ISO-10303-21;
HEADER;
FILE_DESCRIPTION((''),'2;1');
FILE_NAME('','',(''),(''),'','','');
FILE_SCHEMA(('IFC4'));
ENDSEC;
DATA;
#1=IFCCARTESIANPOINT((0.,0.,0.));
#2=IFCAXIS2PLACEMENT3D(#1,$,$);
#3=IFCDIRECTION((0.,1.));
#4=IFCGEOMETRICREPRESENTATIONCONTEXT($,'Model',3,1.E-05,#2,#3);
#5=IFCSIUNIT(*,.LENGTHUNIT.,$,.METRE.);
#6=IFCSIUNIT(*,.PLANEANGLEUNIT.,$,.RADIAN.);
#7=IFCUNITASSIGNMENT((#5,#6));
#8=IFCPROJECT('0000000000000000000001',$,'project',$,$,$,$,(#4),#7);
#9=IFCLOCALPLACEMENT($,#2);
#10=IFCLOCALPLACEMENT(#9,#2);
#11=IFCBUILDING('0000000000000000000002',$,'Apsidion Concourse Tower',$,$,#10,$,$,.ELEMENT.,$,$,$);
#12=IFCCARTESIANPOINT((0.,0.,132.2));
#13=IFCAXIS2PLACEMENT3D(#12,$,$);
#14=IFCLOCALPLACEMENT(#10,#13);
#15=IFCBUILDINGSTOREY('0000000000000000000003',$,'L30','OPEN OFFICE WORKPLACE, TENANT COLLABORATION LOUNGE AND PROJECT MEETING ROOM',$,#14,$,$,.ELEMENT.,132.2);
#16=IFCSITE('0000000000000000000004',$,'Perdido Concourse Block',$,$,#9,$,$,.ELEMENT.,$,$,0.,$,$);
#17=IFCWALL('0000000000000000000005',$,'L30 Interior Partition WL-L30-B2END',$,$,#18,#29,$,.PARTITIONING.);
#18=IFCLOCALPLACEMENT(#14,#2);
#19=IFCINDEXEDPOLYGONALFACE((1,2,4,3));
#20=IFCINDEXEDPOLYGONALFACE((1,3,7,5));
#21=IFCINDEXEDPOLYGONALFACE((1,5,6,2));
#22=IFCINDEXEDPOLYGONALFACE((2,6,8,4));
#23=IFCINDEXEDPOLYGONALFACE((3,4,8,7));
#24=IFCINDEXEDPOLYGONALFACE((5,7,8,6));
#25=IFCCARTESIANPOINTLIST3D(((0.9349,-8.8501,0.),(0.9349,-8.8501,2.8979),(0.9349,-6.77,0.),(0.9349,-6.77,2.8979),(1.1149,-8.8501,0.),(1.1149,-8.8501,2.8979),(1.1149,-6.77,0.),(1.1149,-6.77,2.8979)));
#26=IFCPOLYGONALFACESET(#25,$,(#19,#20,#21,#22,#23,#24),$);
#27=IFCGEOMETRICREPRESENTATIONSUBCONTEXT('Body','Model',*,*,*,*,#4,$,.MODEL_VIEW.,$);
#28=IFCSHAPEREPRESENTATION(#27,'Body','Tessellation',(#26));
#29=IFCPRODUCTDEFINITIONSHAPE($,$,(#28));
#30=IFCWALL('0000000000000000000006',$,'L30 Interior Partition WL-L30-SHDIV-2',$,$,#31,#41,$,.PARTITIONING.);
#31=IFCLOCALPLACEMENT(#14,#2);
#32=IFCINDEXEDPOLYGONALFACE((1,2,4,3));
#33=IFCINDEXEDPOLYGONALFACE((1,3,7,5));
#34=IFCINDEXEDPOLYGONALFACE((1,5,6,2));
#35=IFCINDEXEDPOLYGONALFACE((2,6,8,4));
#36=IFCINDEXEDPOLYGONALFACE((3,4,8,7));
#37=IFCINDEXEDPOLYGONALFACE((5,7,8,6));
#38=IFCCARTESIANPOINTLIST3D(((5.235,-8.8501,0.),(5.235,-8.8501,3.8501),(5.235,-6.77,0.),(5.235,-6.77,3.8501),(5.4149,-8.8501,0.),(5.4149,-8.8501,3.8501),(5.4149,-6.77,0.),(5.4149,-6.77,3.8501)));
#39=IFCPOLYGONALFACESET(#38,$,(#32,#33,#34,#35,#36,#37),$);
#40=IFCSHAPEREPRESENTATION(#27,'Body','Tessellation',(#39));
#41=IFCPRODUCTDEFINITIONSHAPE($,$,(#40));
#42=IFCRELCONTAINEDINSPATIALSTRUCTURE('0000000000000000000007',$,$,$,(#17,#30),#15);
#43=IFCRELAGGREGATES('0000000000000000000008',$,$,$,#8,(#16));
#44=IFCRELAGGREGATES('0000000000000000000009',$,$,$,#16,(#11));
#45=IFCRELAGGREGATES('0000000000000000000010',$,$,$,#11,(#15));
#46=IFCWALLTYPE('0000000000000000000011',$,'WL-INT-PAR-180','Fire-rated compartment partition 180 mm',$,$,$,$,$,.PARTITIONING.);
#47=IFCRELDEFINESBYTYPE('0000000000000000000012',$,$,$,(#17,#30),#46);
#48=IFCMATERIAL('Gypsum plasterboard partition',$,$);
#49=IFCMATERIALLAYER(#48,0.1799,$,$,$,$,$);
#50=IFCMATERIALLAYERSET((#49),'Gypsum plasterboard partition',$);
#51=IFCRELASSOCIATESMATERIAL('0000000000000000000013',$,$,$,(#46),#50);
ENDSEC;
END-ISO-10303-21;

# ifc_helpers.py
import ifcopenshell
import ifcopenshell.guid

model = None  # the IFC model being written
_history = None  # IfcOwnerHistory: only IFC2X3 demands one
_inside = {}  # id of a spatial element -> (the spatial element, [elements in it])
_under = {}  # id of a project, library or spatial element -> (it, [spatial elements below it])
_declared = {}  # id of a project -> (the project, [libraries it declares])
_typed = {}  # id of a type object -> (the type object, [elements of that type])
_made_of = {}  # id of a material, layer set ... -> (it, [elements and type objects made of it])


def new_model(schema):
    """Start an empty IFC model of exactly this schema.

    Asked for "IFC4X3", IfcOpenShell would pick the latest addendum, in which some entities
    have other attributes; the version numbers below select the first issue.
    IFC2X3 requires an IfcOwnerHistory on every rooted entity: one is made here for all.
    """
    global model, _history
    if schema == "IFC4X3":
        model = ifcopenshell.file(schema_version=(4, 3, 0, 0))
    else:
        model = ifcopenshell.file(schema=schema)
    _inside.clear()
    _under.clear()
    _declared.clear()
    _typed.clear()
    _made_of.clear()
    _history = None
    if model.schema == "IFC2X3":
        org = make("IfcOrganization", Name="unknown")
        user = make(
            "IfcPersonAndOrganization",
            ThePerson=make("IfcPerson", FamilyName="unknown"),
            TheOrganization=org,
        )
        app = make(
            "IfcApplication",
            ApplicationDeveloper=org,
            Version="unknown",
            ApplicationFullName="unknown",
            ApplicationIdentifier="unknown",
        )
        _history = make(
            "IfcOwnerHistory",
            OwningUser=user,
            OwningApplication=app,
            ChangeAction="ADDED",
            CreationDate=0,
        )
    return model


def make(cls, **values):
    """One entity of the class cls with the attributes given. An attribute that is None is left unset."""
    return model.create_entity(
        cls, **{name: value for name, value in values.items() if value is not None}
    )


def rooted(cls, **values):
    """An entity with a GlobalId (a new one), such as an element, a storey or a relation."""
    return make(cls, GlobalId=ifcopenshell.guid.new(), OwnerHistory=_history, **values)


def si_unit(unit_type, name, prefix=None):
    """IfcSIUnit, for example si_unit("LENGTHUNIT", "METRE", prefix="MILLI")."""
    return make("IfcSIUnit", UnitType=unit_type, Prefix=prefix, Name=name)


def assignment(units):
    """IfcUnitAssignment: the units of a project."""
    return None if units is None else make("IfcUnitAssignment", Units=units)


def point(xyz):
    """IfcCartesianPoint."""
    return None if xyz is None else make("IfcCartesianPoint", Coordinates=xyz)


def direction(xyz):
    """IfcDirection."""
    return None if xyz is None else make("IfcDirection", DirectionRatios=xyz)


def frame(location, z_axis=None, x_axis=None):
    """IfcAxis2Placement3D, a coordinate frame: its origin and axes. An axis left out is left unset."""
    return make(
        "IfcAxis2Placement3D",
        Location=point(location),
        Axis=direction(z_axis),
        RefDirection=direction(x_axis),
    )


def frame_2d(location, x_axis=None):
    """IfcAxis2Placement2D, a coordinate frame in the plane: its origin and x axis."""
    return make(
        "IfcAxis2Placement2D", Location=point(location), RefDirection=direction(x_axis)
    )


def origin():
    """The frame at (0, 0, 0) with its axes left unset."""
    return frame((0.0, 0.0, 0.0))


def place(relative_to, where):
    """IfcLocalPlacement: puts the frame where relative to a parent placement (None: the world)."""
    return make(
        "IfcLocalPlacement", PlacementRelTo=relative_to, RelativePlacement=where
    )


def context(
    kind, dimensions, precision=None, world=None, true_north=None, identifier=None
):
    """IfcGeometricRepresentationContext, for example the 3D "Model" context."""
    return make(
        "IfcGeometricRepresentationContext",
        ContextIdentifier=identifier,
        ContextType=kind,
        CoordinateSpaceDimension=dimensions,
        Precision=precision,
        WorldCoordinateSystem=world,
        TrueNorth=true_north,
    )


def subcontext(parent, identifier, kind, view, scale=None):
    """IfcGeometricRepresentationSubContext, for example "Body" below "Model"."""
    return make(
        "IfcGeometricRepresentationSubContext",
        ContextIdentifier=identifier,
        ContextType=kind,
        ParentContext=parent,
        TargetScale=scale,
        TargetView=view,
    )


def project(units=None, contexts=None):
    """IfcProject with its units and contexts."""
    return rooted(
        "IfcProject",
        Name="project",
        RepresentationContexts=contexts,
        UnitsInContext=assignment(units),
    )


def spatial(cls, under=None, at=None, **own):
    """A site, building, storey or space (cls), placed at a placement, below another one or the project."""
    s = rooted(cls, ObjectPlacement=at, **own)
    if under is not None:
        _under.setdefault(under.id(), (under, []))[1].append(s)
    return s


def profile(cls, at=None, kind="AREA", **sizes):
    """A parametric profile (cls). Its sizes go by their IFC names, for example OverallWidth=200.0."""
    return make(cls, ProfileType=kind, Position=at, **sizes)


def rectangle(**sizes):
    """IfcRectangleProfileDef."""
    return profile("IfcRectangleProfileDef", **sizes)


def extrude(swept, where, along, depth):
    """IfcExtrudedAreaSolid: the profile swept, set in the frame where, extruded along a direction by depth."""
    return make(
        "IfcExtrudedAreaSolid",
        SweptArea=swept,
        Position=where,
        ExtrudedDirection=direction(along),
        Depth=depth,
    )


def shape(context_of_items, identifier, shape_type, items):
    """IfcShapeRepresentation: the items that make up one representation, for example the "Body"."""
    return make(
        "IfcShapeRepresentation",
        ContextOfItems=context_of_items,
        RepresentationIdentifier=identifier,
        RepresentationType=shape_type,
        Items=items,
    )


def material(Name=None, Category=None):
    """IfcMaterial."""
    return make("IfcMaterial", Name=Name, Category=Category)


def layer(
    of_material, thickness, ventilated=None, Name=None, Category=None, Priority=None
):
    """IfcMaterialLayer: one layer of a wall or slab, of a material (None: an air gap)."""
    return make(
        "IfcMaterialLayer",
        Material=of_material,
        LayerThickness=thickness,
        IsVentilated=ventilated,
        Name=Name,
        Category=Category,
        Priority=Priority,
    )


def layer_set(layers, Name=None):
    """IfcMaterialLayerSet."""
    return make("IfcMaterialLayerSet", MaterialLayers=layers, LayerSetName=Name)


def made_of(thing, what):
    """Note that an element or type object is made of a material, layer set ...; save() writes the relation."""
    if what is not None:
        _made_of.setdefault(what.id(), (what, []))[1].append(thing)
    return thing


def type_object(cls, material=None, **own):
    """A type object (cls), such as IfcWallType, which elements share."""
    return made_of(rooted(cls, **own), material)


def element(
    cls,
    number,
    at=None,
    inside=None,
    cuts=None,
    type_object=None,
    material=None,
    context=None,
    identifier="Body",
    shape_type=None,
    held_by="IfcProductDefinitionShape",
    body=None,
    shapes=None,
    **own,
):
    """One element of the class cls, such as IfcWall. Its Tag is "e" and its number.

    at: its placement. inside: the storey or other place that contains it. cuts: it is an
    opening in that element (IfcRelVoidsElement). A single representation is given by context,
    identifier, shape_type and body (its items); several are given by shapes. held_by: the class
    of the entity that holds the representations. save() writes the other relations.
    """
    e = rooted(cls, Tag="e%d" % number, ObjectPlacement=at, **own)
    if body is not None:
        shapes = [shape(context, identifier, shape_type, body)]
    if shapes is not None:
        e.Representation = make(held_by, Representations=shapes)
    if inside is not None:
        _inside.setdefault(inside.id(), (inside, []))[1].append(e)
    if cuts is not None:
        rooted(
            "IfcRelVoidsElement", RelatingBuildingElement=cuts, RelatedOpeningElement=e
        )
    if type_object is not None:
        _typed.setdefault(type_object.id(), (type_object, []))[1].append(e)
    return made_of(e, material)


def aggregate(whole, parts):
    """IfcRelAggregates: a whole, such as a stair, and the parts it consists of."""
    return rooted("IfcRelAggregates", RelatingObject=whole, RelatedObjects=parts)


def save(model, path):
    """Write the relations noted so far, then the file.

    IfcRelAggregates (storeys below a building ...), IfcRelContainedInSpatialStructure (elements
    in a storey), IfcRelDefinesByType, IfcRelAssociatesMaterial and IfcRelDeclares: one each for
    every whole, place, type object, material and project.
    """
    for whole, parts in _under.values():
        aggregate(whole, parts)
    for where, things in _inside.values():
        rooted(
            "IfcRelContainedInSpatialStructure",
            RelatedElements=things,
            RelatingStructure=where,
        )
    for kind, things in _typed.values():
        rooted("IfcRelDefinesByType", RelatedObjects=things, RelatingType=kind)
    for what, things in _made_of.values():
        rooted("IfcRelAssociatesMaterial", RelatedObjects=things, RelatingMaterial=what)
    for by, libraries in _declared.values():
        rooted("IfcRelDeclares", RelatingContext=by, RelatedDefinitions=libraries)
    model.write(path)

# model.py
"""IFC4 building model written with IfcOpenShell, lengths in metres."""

from ifc_helpers import new_model, si_unit, direction, frame, frame_2d, origin, place, context, subcontext, project, spatial, rectangle, extrude, material, layer, layer_set, type_object, element, save


model = new_model("IFC4")

# Units and contexts
model_context = context("Model", 3, precision=1e-05, world=origin(), true_north=direction((0.0, 1.0)))
body_context = subcontext(model_context, "Body", "Model", "MODEL_VIEW")
ifc_project = project(units=[si_unit("LENGTHUNIT", "METRE"), si_unit("PLANEANGLEUNIT", "RADIAN")], contexts=[model_context])

# Site, building, storey
site_placement = place(None, origin())
site = spatial("IfcSite", under=ifc_project, at=site_placement, Name="Perdido Concourse Block", CompositionType="ELEMENT", RefElevation=0.0)
building_placement = place(site_placement, origin())
building = spatial("IfcBuilding", under=site, at=building_placement, Name="Apsidion Concourse Tower", CompositionType="ELEMENT")
storey_placement = place(building_placement, frame((0.0, 0.0, 132.2)))
storey = spatial("IfcBuildingStorey", under=building, at=storey_placement, Name="L30", Description="OPEN OFFICE WORKPLACE, TENANT COLLABORATION LOUNGE AND PROJECT MEETING ROOM", CompositionType="ELEMENT", Elevation=132.2)

# Walls
ifc_material_1 = material(Name="Gypsum plasterboard partition")
ifc_layer_1 = layer(ifc_material_1, 0.1799)
ifc_layer_set_1 = layer_set([ifc_layer_1], Name="Gypsum plasterboard partition")
wall_type_1 = type_object("IfcWallType", Name="WL-INT-PAR-180", Description="Fire-rated compartment partition 180 mm", PredefinedType="PARTITIONING", material=ifc_layer_set_1)
wall_1_placement = place(storey_placement, frame((1.0249, -8.8501, 0.0), z_axis=(0.0, 0.0, 1.0), x_axis=(0.0, 1.0, 0.0)))
element("IfcWall", 1, at=wall_1_placement, inside=storey, type_object=wall_type_1, Name="L30 Interior Partition WL-L30-B2END", PredefinedType="PARTITIONING", context=body_context, shape_type="SweptSolid", body=[
    extrude(rectangle(XDim=2.0801, YDim=0.1799, at=frame_2d((1.04, 0.0))), origin(), (0.0, 0.0, 1.0), 2.8979),
])
wall_2_placement = place(storey_placement, frame((5.325, -8.8501, 0.0), z_axis=(0.0, 0.0, 1.0), x_axis=(0.0, 1.0, 0.0)))
element("IfcWall", 2, at=wall_2_placement, inside=storey, type_object=wall_type_1, Name="L30 Interior Partition WL-L30-SHDIV-2", PredefinedType="PARTITIONING", context=body_context, shape_type="SweptSolid", body=[
    extrude(rectangle(XDim=2.0801, YDim=0.1799, at=frame_2d((1.04, 0.0))), origin(), (0.0, 0.0, 1.0), 3.8501),
])

save(model, "model.ifc")
